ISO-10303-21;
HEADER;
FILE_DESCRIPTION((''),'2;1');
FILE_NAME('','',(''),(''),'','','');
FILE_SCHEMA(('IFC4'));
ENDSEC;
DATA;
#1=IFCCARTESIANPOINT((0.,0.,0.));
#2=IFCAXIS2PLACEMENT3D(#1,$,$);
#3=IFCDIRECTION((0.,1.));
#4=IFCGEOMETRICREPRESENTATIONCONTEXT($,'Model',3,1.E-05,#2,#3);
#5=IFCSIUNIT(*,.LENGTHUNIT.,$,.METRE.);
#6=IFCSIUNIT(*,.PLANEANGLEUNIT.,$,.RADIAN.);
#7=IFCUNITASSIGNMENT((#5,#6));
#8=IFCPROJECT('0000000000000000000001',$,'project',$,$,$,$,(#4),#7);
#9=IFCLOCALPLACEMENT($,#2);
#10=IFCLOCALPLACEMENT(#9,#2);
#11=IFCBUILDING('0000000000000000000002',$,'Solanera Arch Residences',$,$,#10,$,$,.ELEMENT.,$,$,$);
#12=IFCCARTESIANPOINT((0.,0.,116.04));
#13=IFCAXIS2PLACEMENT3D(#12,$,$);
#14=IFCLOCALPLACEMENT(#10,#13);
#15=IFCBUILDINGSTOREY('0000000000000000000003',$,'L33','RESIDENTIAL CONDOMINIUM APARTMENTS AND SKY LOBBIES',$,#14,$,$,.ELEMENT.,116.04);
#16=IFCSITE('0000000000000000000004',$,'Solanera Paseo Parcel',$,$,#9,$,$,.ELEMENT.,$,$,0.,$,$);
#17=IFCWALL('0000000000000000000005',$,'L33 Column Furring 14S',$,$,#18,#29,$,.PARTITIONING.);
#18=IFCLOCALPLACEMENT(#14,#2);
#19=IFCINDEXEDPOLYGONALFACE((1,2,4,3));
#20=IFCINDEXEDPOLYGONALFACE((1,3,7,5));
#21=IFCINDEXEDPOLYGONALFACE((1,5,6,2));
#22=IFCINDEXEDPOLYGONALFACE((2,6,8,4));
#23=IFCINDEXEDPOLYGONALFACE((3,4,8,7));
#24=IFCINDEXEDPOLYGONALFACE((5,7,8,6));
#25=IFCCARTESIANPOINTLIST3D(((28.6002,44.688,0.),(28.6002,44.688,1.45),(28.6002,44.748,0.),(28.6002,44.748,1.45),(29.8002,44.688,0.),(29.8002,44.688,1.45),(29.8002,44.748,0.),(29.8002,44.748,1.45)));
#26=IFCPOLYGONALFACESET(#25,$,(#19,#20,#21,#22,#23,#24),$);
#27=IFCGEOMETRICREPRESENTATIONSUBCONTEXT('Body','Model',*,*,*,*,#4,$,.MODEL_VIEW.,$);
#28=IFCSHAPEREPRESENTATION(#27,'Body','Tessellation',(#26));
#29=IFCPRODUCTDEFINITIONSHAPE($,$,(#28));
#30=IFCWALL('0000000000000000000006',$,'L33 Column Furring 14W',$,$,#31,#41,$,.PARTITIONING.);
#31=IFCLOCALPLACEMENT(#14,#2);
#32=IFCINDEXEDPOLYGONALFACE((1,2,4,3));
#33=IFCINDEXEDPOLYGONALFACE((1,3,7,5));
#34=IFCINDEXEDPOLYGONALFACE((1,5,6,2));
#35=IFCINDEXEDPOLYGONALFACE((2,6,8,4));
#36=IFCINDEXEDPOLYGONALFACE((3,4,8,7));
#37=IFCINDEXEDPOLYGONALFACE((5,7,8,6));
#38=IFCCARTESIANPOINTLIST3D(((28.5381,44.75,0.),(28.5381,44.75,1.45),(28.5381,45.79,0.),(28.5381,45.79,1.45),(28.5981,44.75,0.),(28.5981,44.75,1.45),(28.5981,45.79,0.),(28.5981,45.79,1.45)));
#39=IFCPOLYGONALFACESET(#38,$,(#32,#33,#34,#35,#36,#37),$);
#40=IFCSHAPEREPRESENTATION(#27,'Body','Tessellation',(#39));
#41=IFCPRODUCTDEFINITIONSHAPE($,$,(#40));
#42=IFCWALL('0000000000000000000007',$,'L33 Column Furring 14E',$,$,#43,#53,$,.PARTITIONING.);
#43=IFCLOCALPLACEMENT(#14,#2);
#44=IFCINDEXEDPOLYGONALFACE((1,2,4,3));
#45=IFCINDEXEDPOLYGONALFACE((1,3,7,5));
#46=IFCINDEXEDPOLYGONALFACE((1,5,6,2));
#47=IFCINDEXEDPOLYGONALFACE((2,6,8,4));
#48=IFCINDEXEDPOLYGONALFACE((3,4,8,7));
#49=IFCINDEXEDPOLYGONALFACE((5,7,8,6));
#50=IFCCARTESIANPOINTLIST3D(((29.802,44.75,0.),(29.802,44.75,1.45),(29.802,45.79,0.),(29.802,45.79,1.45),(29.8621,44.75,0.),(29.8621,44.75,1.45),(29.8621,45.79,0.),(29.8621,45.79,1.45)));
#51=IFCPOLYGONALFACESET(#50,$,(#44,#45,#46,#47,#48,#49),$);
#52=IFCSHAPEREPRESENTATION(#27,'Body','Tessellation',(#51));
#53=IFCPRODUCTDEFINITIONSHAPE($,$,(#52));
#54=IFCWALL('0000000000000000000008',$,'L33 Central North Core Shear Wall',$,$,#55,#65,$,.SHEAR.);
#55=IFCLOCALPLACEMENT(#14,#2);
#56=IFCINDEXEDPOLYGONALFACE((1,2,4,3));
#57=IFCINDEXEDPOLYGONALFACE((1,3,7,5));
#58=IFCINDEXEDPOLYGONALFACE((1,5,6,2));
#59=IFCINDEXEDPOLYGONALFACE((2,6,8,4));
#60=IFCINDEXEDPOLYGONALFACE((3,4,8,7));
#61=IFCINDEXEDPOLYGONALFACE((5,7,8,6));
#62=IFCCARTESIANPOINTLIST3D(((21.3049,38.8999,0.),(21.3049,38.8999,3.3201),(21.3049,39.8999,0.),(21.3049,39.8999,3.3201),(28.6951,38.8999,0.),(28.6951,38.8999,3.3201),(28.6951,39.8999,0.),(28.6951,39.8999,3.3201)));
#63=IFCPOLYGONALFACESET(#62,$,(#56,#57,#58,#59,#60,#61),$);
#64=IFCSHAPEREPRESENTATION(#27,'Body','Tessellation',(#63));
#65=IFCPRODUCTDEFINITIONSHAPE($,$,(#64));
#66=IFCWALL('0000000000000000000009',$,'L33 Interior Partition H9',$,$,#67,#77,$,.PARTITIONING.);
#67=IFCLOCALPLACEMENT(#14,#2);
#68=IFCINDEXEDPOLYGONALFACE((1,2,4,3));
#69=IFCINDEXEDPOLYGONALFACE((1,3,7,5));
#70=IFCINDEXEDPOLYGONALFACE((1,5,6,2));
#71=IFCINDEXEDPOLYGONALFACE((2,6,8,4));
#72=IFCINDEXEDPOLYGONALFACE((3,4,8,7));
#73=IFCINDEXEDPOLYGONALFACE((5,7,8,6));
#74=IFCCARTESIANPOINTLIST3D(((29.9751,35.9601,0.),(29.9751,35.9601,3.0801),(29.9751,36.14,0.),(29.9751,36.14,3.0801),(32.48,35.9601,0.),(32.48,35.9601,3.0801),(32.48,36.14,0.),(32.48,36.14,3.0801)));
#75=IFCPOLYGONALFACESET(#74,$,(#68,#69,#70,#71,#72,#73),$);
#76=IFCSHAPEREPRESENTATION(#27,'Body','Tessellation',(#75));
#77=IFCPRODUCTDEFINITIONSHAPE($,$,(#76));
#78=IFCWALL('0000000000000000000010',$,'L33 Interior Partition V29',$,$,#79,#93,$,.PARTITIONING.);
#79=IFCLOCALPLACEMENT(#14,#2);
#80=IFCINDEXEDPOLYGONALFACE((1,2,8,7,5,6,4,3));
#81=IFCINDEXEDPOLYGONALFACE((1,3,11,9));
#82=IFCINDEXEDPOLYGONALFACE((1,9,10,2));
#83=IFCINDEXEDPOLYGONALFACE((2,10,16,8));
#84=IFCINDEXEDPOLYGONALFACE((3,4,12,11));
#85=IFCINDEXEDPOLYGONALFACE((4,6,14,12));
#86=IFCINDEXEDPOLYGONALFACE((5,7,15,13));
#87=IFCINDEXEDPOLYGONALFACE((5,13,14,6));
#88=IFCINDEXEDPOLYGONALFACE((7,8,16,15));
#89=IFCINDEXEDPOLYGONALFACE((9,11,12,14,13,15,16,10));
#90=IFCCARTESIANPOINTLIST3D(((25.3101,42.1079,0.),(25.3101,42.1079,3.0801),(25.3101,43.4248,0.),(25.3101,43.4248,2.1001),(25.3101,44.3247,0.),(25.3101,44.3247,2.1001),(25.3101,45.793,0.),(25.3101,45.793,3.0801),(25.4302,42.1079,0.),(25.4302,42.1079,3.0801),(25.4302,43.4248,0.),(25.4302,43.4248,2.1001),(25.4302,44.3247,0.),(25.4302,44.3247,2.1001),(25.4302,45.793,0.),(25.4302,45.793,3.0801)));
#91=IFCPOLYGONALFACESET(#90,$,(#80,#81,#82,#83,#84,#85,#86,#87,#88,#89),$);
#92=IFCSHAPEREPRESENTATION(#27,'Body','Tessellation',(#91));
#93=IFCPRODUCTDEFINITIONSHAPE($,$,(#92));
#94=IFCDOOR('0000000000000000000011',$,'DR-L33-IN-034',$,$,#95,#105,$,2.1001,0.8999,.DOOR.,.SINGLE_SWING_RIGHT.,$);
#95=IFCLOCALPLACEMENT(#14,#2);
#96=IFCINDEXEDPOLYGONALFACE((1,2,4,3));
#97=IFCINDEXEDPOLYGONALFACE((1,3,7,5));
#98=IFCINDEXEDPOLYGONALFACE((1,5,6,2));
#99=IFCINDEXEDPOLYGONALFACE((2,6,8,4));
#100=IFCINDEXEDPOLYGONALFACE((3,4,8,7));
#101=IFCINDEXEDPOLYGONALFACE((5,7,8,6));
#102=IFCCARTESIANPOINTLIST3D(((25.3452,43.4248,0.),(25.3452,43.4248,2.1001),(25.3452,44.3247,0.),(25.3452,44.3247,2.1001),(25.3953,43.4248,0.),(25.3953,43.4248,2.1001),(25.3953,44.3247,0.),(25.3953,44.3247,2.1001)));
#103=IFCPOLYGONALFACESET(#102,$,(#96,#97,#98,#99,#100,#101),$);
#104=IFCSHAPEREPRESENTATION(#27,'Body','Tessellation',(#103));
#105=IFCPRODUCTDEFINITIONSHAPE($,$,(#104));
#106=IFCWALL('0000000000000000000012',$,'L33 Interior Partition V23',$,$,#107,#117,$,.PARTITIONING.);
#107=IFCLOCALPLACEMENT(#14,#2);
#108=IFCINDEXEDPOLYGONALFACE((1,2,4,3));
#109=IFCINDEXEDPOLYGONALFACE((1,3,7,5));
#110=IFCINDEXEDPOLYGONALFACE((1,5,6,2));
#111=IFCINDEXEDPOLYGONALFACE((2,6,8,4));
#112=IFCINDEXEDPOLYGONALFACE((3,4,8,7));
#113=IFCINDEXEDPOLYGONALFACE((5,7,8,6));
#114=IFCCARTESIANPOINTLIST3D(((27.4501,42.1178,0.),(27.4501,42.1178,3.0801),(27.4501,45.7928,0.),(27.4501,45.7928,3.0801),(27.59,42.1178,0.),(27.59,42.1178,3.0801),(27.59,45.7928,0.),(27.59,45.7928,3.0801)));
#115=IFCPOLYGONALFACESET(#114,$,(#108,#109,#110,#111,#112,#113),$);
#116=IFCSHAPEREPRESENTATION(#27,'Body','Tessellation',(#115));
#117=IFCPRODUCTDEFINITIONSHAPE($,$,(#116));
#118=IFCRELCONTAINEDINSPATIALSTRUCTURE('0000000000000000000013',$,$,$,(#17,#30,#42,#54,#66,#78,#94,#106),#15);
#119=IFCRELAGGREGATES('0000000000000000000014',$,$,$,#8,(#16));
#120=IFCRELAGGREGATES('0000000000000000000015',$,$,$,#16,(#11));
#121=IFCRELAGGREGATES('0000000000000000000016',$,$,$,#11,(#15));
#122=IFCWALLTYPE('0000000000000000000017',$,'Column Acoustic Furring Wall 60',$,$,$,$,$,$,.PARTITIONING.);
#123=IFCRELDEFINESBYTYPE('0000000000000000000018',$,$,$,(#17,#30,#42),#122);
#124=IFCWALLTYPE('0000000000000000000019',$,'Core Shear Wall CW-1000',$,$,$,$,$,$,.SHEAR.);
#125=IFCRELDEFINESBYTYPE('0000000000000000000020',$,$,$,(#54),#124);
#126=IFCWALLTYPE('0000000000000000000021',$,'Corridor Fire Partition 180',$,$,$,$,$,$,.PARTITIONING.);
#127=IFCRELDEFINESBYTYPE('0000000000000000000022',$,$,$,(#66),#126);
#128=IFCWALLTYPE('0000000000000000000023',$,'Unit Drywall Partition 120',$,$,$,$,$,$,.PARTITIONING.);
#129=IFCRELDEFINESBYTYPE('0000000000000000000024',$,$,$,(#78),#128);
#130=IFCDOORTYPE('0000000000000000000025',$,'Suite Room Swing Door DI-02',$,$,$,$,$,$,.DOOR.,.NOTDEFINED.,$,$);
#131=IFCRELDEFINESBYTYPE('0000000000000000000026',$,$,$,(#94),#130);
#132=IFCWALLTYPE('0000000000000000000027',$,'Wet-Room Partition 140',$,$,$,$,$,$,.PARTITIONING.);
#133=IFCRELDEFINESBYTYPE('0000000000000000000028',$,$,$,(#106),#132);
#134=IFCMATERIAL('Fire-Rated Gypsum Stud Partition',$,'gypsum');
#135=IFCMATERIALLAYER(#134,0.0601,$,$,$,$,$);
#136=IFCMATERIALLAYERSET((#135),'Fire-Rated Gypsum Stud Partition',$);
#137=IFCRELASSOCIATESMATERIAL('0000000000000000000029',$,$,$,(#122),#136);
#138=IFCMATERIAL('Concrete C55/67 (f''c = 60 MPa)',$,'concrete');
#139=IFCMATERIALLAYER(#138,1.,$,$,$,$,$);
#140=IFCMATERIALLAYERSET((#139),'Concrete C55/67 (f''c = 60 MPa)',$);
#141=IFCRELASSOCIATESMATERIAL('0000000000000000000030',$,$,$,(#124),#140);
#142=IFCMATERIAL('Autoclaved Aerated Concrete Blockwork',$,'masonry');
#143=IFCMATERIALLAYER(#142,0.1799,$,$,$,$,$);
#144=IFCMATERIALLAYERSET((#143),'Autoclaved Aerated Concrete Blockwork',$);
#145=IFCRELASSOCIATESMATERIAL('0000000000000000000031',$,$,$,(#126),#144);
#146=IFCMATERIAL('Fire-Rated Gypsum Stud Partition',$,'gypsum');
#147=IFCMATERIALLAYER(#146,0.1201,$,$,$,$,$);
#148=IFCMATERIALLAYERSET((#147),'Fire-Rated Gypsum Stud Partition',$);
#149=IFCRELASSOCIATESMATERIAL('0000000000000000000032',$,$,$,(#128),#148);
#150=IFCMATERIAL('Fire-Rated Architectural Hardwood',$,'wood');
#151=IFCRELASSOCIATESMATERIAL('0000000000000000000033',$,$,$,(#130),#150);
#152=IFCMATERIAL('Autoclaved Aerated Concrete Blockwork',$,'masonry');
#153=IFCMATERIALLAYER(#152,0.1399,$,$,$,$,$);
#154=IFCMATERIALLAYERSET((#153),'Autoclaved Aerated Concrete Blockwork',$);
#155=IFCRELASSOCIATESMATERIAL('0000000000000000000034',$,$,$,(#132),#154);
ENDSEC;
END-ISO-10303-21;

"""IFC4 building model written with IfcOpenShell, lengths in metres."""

from ifc_helpers import new_model, si_unit, direction, frame, frame_2d, origin, place, context, subcontext, project, spatial, rectangle, extrude, material, layer, layer_set, type_object, element, fill, save


model = new_model("IFC4")

# Units and contexts
model_context = context("Model", 3, precision=1e-05, world=origin(), true_north=direction((0.0, 1.0)))
body_context = subcontext(model_context, "Body", "Model", "MODEL_VIEW")
ifc_project = project(units=[si_unit("LENGTHUNIT", "METRE"), si_unit("PLANEANGLEUNIT", "RADIAN")], contexts=[model_context])

# Site, building, storey
site_placement = place(None, origin())
site = spatial("IfcSite", under=ifc_project, at=site_placement, Name="Solanera Paseo Parcel", CompositionType="ELEMENT", RefElevation=0.0)
building_placement = place(site_placement, origin())
building = spatial("IfcBuilding", under=site, at=building_placement, Name="Solanera Arch Residences", CompositionType="ELEMENT")
storey_placement = place(building_placement, frame((0.0, 0.0, 116.04)))
storey = spatial("IfcBuildingStorey", under=building, at=storey_placement, Name="L33", Description="RESIDENTIAL CONDOMINIUM APARTMENTS AND SKY LOBBIES", CompositionType="ELEMENT", Elevation=116.04)

# Walls
ifc_material_1 = material(Name="Fire-Rated Gypsum Stud Partition", Category="gypsum")
ifc_layer_1 = layer(ifc_material_1, 0.0601)
ifc_layer_set_1 = layer_set([ifc_layer_1], Name="Fire-Rated Gypsum Stud Partition")
wall_type_1 = type_object("IfcWallType", Name="Column Acoustic Furring Wall 60", PredefinedType="PARTITIONING", material=ifc_layer_set_1)
wall_1_placement = place(storey_placement, frame((28.6001, 44.718, 0.0), z_axis=(0.0, 0.0, 1.0), x_axis=(1.0, 0.0, 0.0)))
element("IfcWall", 1, at=wall_1_placement, inside=storey, type_object=wall_type_1, Name="L33 Column Furring 14S", PredefinedType="PARTITIONING", context=body_context, shape_type="SweptSolid", body=[
    extrude(rectangle(XDim=1.2, YDim=0.0601, at=frame_2d((0.6001, 0.0))), origin(), (0.0, 0.0, 1.0), 1.45),
])
for number, where, z_axis, x_axis, name in (
    (2, (28.5681, 44.75, 0.0), (0.0, 0.0, 1.0), (0.0, 1.0, 0.0), "L33 Column Furring 14W"),
    (3, (29.832, 44.75, 0.0), (0.0, 0.0, 1.0), (0.0, 1.0, 0.0), "L33 Column Furring 14E"),
):
    element("IfcWall", number, at=place(storey_placement, frame(where, z_axis=z_axis, x_axis=x_axis)), inside=storey, type_object=wall_type_1, Name=name, PredefinedType="PARTITIONING", context=body_context, shape_type="SweptSolid", body=[
        extrude(rectangle(XDim=1.04, YDim=0.0601, at=frame_2d((0.52, 0.0))), origin(), (0.0, 0.0, 1.0), 1.45),
    ])
ifc_material_2 = material(Name="Concrete C55/67 (f'c = 60 MPa)", Category="concrete")
ifc_layer_2 = layer(ifc_material_2, 1.0)
ifc_layer_set_2 = layer_set([ifc_layer_2], Name="Concrete C55/67 (f'c = 60 MPa)")
wall_type_2 = type_object("IfcWallType", Name="Core Shear Wall CW-1000", PredefinedType="SHEAR", material=ifc_layer_set_2)
wall_2_placement = place(storey_placement, frame((21.3049, 39.3999, 0.0), z_axis=(0.0, 0.0, 1.0), x_axis=(1.0, 0.0, 0.0)))
element("IfcWall", 4, at=wall_2_placement, inside=storey, type_object=wall_type_2, Name="L33 Central North Core Shear Wall", PredefinedType="SHEAR", context=body_context, shape_type="SweptSolid", body=[
    extrude(rectangle(XDim=7.3901, YDim=1.0, at=frame_2d((3.6951, 0.0))), origin(), (0.0, 0.0, 1.0), 3.3201),
])
ifc_material_3 = material(Name="Autoclaved Aerated Concrete Blockwork", Category="masonry")
ifc_layer_3 = layer(ifc_material_3, 0.1799)
ifc_layer_set_3 = layer_set([ifc_layer_3], Name="Autoclaved Aerated Concrete Blockwork")
wall_type_3 = type_object("IfcWallType", Name="Corridor Fire Partition 180", PredefinedType="PARTITIONING", material=ifc_layer_set_3)
wall_3_placement = place(storey_placement, frame((29.9751, 36.05, 0.0), z_axis=(0.0, 0.0, 1.0), x_axis=(1.0, 0.0, 0.0)))
element("IfcWall", 5, at=wall_3_placement, inside=storey, type_object=wall_type_3, Name="L33 Interior Partition H9", PredefinedType="PARTITIONING", context=body_context, shape_type="SweptSolid", body=[
    extrude(rectangle(XDim=2.5049, YDim=0.1799, at=frame_2d((1.2524, 0.0))), origin(), (0.0, 0.0, 1.0), 3.0801),
])

# Wall, opening, door
ifc_material_4 = material(Name="Fire-Rated Gypsum Stud Partition", Category="gypsum")
ifc_layer_4 = layer(ifc_material_4, 0.1201)
ifc_layer_set_4 = layer_set([ifc_layer_4], Name="Fire-Rated Gypsum Stud Partition")
wall_type_4 = type_object("IfcWallType", Name="Unit Drywall Partition 120", PredefinedType="PARTITIONING", material=ifc_layer_set_4)
wall_4_placement = place(storey_placement, frame((25.3701, 42.1079, 0.0), z_axis=(0.0, 0.0, 1.0), x_axis=(0.0, 1.0, 0.0)))
wall_4 = element("IfcWall", 6, at=wall_4_placement, inside=storey, type_object=wall_type_4, Name="L33 Interior Partition V29", PredefinedType="PARTITIONING", context=body_context, shape_type="SweptSolid", body=[
    extrude(rectangle(XDim=3.6851, YDim=0.1201, at=frame_2d((1.8425, 0.0))), origin(), (0.0, 0.0, 1.0), 3.0801),
])
opening_placement = place(wall_4_placement, frame((1.3169, 0.0, 0.0)))
opening = element("IfcOpeningElement", 7, at=opening_placement, cuts=wall_4, PredefinedType="OPENING", context=body_context, shape_type="SweptSolid", body=[
    extrude(rectangle(XDim=0.8999, YDim=2.1001, at=frame_2d((0.45, 1.05))), frame((0.0, 0.0701, 0.0), z_axis=(0.0, -1.0, 0.0), x_axis=(1.0, 0.0, 0.0)), (0.0, 0.0, 1.0), 0.1401),
])
ifc_material_5 = material(Name="Fire-Rated Architectural Hardwood", Category="wood")
door_type = type_object("IfcDoorType", Name="Suite Room Swing Door DI-02", OperationType="NOTDEFINED", PredefinedType="DOOR", material=ifc_material_5)
door_placement = place(opening_placement, origin())
door = element("IfcDoor", 8, at=door_placement, inside=storey, type_object=door_type, Name="DR-L33-IN-034", OperationType="SINGLE_SWING_RIGHT", OverallHeight=2.1001, OverallWidth=0.8999, PredefinedType="DOOR", context=body_context, shape_type="SweptSolid", body=[
    extrude(rectangle(XDim=0.8999, YDim=2.1001, at=frame_2d((0.45, 1.05))), frame((0.0, 0.0249, 0.0), z_axis=(0.0, -1.0, 0.0), x_axis=(1.0, 0.0, 0.0)), (0.0, 0.0, 1.0), 0.05),
])
fill(opening, door)

# Wall
ifc_material_6 = material(Name="Autoclaved Aerated Concrete Blockwork", Category="masonry")
ifc_layer_5 = layer(ifc_material_6, 0.1399)
ifc_layer_set_5 = layer_set([ifc_layer_5], Name="Autoclaved Aerated Concrete Blockwork")
wall_type_5 = type_object("IfcWallType", Name="Wet-Room Partition 140", PredefinedType="PARTITIONING", material=ifc_layer_set_5)
wall_5_placement = place(storey_placement, frame((27.52, 42.1179, 0.0), z_axis=(0.0, 0.0, 1.0), x_axis=(0.0, 1.0, 0.0)))
element("IfcWall", 9, at=wall_5_placement, inside=storey, type_object=wall_type_5, Name="L33 Interior Partition V23", PredefinedType="PARTITIONING", context=body_context, shape_type="SweptSolid", body=[
    extrude(rectangle(XDim=3.675, YDim=0.1399, at=frame_2d((1.8374, 0.0))), origin(), (0.0, 0.0, 1.0), 3.0801),
])

save(model, "model.ifc")
